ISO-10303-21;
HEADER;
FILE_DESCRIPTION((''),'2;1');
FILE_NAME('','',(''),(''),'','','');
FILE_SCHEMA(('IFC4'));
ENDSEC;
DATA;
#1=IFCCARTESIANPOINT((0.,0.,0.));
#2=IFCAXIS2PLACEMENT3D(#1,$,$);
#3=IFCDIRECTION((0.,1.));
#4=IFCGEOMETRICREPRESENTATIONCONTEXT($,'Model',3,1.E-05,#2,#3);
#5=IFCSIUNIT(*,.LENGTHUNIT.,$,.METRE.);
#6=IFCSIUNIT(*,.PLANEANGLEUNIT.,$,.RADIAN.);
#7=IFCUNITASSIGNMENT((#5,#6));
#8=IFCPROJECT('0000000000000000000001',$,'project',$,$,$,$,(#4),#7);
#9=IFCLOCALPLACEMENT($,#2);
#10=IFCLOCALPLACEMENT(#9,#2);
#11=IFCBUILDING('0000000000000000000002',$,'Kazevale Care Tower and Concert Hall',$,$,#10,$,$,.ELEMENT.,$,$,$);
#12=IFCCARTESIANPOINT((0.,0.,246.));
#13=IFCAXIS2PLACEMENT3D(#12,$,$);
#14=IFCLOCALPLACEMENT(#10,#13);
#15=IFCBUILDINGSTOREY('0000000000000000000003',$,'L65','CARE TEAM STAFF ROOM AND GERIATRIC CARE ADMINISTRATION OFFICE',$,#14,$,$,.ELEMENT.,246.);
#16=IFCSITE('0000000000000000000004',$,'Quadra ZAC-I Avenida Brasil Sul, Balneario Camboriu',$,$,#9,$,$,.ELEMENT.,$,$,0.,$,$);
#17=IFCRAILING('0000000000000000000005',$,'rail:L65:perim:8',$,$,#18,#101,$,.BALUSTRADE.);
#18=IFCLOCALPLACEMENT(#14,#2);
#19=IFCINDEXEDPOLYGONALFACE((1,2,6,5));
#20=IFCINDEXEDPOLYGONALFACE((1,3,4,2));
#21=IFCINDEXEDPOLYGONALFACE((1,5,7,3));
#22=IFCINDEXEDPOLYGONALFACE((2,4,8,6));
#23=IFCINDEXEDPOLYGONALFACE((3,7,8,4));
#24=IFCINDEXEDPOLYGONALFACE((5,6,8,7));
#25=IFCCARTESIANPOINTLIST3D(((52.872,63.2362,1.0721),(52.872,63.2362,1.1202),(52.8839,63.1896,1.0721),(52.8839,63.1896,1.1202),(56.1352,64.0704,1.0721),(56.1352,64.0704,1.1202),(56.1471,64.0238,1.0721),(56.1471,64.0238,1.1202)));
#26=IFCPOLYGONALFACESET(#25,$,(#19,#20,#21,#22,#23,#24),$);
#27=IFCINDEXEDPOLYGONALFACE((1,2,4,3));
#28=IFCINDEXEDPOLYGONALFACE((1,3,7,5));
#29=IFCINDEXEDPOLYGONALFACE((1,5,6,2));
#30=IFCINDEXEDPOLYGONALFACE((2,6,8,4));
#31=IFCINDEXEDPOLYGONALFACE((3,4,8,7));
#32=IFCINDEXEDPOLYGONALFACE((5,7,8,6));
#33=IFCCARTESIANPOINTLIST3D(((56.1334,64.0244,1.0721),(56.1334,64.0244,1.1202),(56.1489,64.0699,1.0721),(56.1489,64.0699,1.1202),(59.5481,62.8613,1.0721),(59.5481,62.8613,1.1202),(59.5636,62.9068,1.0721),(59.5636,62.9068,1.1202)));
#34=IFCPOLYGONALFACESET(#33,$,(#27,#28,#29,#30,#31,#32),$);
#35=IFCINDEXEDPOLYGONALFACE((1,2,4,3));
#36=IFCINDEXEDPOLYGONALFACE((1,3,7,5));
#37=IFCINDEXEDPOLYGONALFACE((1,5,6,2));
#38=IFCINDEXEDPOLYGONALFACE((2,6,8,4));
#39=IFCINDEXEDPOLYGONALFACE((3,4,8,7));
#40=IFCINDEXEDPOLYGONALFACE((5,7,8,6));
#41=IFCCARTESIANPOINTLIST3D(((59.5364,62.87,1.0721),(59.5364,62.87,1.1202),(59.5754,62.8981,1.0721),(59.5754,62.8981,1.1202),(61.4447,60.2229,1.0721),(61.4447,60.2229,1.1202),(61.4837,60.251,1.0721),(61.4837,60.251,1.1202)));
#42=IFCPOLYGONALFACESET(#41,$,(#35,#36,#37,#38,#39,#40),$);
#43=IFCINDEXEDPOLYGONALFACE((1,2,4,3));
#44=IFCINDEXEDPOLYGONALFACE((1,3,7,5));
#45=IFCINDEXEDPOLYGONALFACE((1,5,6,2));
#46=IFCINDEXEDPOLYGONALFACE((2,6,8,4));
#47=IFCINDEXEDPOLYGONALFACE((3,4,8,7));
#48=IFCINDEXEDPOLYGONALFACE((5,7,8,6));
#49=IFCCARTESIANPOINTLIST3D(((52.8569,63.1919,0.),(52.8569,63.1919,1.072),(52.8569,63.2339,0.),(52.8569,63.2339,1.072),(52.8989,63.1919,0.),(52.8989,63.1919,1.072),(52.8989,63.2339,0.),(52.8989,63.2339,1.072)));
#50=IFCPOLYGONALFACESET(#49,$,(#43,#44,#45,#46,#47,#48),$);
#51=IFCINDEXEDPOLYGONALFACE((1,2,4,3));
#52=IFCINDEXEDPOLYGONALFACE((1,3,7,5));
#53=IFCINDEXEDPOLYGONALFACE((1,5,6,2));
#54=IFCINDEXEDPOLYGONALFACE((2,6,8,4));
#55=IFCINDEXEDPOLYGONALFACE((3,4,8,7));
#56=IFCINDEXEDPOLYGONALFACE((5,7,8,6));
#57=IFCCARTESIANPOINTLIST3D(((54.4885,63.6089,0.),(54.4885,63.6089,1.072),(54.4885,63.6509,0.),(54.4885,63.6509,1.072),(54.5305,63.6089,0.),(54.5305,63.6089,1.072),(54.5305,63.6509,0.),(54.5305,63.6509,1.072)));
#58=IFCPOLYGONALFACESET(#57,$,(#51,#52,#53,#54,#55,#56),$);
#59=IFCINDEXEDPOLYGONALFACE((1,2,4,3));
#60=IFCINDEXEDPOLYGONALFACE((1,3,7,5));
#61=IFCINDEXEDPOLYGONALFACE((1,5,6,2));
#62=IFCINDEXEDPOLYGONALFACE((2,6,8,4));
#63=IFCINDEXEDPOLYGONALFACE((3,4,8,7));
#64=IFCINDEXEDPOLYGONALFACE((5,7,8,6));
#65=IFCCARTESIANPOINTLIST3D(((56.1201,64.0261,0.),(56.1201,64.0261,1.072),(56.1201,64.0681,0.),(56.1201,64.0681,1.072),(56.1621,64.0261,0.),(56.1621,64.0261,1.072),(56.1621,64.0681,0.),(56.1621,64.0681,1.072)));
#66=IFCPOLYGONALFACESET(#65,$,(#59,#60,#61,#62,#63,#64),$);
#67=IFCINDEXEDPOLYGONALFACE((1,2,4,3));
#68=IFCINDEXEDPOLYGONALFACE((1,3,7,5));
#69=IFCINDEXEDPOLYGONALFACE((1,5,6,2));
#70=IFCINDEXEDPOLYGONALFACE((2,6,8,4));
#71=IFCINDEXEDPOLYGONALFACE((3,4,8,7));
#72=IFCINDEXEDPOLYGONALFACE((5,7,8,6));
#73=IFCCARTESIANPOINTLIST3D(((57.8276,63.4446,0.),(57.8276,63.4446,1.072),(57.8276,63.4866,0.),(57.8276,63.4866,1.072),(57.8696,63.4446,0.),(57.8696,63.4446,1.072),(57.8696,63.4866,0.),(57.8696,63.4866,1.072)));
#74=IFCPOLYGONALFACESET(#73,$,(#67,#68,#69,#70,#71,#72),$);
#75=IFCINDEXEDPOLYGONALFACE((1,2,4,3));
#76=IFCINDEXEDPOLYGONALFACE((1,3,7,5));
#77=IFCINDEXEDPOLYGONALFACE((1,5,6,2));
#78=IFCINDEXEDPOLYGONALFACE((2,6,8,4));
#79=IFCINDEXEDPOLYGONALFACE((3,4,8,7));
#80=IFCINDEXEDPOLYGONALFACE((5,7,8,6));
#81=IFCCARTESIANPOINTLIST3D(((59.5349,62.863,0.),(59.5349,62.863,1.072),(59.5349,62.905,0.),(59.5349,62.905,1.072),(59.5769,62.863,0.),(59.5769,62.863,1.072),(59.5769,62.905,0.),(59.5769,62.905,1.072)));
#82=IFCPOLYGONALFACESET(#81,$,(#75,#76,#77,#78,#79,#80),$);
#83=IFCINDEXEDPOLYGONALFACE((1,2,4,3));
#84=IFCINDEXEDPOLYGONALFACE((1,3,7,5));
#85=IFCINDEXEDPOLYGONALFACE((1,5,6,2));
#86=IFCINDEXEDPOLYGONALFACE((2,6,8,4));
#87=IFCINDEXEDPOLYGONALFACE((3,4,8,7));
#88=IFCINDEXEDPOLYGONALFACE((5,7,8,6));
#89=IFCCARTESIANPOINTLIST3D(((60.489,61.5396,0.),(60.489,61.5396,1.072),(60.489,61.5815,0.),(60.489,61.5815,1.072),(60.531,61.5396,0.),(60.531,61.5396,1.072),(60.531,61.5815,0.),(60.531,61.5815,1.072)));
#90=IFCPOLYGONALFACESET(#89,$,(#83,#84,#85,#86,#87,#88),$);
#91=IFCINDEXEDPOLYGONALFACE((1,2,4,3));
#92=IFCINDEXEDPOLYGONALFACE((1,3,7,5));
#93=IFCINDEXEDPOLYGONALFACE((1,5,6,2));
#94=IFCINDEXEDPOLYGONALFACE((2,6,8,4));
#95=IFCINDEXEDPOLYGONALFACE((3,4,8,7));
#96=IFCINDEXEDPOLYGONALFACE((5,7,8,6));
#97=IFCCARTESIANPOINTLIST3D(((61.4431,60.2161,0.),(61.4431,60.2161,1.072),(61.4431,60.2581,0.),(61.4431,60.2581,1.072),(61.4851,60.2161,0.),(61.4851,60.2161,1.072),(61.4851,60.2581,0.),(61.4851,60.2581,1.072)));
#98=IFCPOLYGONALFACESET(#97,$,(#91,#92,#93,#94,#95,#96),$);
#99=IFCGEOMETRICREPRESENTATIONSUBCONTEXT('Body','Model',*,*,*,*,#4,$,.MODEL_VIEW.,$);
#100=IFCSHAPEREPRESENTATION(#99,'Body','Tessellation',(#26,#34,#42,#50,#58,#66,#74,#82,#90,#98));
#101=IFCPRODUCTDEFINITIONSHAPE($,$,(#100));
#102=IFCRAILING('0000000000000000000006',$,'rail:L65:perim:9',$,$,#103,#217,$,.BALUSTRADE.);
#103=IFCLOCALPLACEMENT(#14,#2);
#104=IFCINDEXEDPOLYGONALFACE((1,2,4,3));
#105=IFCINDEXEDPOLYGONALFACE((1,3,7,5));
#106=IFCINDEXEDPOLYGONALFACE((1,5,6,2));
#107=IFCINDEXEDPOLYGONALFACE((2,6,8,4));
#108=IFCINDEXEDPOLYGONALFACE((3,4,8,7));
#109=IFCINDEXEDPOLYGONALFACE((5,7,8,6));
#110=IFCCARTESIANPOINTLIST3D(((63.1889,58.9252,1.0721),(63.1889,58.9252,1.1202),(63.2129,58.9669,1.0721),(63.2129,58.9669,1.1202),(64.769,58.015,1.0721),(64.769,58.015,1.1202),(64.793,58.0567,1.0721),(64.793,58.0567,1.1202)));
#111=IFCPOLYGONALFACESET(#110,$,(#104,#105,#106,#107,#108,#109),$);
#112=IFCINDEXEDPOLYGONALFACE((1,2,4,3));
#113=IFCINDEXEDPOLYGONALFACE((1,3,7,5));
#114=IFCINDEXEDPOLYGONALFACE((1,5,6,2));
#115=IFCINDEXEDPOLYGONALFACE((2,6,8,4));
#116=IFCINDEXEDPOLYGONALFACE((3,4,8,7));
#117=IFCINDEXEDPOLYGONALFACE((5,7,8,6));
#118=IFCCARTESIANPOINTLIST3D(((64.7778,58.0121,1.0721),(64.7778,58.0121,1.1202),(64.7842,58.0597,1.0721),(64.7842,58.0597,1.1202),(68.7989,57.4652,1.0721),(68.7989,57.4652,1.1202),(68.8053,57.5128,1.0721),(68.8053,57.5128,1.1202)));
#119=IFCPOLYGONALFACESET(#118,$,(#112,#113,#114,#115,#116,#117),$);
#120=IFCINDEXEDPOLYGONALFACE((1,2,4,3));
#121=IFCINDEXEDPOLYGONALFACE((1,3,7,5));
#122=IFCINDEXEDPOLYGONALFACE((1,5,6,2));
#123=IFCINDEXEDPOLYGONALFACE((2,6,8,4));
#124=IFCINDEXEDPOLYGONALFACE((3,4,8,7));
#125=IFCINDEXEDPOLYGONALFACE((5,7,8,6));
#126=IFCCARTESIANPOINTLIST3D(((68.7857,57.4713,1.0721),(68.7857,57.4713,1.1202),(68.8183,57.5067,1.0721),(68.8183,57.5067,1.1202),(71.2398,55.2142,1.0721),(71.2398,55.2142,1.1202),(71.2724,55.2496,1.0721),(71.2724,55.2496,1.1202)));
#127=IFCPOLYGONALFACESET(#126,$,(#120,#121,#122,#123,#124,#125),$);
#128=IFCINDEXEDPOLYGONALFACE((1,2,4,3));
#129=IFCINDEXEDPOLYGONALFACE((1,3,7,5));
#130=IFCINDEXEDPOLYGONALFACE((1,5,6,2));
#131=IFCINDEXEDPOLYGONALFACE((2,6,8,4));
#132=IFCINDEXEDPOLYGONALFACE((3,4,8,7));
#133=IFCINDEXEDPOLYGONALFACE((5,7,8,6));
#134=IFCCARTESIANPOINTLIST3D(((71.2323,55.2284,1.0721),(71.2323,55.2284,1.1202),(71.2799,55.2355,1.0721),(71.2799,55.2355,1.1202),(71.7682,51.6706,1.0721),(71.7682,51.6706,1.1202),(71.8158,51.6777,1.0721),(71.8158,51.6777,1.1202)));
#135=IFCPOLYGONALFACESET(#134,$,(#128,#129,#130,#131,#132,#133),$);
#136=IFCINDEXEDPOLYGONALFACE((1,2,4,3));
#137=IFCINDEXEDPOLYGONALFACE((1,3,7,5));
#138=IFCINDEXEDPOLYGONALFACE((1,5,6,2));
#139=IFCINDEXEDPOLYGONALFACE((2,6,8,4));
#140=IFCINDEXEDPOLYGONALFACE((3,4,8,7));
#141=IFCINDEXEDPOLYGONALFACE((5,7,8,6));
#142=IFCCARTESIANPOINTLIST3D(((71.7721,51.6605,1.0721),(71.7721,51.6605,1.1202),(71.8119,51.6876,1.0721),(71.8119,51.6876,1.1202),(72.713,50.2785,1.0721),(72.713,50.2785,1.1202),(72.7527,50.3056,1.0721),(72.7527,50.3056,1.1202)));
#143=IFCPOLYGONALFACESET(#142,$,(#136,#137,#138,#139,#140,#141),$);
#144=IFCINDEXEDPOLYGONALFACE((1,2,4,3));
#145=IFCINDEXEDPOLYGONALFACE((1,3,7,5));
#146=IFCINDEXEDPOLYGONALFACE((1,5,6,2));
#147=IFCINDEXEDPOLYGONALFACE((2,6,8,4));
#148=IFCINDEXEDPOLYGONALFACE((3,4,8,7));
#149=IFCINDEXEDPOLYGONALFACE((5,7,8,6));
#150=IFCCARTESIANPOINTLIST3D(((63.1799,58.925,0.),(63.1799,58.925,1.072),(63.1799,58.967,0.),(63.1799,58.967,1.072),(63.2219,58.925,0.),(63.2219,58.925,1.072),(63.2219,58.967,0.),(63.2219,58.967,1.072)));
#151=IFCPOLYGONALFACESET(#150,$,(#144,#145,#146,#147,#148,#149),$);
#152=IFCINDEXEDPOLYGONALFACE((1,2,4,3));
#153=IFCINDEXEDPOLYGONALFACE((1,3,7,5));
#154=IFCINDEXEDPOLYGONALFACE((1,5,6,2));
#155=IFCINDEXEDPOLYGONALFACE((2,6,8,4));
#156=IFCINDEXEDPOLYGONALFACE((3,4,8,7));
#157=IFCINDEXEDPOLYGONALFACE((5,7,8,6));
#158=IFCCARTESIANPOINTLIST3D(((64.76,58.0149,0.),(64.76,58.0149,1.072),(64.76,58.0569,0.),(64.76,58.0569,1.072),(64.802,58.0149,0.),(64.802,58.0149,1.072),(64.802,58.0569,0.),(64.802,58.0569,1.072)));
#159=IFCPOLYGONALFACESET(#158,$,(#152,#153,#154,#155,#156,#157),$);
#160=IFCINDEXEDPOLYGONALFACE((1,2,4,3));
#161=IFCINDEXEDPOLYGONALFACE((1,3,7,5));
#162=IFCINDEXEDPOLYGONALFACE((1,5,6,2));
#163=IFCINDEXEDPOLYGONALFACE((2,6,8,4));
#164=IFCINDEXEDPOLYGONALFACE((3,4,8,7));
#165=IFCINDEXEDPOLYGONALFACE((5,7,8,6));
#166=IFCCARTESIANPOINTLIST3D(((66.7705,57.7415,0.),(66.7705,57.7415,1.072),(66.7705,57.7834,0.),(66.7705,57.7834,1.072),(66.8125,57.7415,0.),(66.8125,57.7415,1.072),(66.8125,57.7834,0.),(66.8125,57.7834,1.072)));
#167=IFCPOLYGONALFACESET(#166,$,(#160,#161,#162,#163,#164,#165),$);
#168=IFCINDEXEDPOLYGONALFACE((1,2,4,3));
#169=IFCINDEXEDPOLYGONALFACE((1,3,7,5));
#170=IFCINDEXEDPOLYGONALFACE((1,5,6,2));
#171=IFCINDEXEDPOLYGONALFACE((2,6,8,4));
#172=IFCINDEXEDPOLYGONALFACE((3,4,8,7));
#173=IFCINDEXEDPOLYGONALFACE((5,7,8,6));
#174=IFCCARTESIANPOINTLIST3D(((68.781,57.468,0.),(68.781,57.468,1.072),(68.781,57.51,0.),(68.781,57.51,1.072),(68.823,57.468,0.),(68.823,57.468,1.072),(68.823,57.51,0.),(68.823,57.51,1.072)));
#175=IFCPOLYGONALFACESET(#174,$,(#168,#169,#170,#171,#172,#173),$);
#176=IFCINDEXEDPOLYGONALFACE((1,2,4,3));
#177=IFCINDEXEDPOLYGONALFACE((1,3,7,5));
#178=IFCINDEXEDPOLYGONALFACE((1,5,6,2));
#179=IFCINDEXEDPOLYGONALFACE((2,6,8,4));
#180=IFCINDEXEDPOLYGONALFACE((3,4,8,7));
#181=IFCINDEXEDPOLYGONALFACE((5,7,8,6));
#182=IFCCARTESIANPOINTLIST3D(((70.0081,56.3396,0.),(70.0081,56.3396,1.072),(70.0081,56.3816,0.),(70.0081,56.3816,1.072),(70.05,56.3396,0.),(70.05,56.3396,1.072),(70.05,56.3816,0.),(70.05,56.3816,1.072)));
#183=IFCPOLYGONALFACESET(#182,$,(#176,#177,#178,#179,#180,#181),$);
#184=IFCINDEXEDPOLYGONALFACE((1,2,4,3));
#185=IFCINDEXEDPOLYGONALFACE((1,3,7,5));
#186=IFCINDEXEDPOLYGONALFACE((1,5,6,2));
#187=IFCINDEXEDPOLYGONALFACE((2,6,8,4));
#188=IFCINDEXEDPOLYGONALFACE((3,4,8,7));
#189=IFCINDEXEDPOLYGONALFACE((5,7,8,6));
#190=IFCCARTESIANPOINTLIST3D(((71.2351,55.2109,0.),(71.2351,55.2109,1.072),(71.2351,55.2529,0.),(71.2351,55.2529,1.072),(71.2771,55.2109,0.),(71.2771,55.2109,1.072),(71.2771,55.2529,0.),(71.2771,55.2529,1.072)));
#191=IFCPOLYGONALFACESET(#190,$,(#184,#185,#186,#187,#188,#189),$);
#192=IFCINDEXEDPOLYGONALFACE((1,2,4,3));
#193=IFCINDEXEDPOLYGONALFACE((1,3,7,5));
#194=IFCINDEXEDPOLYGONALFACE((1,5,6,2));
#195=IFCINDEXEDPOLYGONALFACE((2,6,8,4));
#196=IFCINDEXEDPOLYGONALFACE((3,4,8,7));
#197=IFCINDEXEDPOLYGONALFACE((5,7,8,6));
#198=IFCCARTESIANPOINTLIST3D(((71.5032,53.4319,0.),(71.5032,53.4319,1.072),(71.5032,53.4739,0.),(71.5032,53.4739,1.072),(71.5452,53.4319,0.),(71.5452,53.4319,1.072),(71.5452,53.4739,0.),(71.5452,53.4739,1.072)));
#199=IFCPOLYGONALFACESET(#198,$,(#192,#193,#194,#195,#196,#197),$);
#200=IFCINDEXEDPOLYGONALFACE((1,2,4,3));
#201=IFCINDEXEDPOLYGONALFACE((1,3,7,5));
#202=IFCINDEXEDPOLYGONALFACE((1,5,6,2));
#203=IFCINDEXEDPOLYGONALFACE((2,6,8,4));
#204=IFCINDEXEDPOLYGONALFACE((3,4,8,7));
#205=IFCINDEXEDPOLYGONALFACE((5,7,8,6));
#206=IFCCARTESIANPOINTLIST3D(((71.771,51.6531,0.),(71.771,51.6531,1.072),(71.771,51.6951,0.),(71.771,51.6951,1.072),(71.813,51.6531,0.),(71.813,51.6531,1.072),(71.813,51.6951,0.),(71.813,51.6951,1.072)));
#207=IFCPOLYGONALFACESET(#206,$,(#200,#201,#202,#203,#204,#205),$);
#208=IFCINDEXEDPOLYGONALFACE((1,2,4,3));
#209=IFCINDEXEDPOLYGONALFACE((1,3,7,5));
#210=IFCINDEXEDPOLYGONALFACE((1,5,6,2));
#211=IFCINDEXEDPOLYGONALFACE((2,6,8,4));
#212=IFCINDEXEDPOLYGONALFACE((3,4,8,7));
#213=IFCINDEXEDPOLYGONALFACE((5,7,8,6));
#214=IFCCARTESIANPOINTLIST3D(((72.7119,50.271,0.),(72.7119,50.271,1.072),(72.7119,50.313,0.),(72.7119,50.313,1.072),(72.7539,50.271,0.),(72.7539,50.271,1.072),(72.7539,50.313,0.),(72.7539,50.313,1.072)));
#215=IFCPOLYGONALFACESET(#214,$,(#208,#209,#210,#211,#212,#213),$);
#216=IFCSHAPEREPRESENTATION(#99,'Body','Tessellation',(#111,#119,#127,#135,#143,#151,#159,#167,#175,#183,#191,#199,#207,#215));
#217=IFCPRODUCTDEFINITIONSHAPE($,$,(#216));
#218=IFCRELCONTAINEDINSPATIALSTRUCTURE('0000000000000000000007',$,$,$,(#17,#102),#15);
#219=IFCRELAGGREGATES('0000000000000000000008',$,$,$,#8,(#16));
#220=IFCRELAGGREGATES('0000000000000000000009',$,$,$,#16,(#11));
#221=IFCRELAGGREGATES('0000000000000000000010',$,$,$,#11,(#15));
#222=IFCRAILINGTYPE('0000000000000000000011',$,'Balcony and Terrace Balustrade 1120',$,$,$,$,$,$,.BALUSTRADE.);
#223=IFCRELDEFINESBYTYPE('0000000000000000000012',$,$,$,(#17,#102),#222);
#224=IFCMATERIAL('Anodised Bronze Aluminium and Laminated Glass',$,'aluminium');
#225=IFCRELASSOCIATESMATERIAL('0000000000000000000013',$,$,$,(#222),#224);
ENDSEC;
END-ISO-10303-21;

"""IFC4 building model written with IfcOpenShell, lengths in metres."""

from ifc_helpers import new_model, si_unit, direction, frame, origin, origin_2d, place, context, subcontext, project, spatial, rectangle, extrude, material, type_object, element, save


model = new_model("IFC4")

# Units and contexts
model_context = context("Model", 3, precision=1e-05, world=origin(), true_north=direction((0.0, 1.0)))
body_context = subcontext(model_context, "Body", "Model", "MODEL_VIEW")
ifc_project = project(units=[si_unit("LENGTHUNIT", "METRE"), si_unit("PLANEANGLEUNIT", "RADIAN")], contexts=[model_context])

# Site, building, storey
site_placement = place(None, origin())
site = spatial("IfcSite", under=ifc_project, at=site_placement, Name="Quadra ZAC-I Avenida Brasil Sul, Balneario Camboriu", CompositionType="ELEMENT", RefElevation=0.0)
building_placement = place(site_placement, origin())
building = spatial("IfcBuilding", under=site, at=building_placement, Name="Kazevale Care Tower and Concert Hall", CompositionType="ELEMENT")
storey_placement = place(building_placement, frame((0.0, 0.0, 246.0)))
storey = spatial("IfcBuildingStorey", under=building, at=storey_placement, Name="L65", Description="CARE TEAM STAFF ROOM AND GERIATRIC CARE ADMINISTRATION OFFICE", CompositionType="ELEMENT", Elevation=246.0)

# Railings
ifc_material_1 = material(Name="Anodised Bronze Aluminium and Laminated Glass", Category="aluminium")
railing_type = type_object("IfcRailingType", Name="Balcony and Terrace Balustrade 1120", PredefinedType="BALUSTRADE", material=ifc_material_1)
railing_1_placement = place(storey_placement, frame((52.8779, 63.2129, 0.0)))
element("IfcRailing", 1, at=railing_1_placement, inside=storey, type_object=railing_type, Name="rail:L65:perim:8", PredefinedType="BALUSTRADE", context=body_context, shape_type="SweptSolid", body=[
    extrude(rectangle(XDim=0.0481, YDim=0.0481, at=origin_2d()), frame((0.0, 0.0, 1.0962), z_axis=(0.968841, 0.247683, 0.0), x_axis=(-0.247683, 0.968841, 0.0)), (0.0, 0.0, 1.0), 3.3682),
    extrude(rectangle(XDim=0.0481, YDim=0.0481, at=origin_2d()), frame((3.2632, 0.8342, 1.0962), z_axis=(0.946599, -0.322413, 0.0), x_axis=(0.322413, 0.946599, 0.0)), (0.0, 0.0, 1.0), 3.6074),
    extrude(rectangle(XDim=0.0481, YDim=0.0481, at=origin_2d()), frame((6.678, -0.3289, 1.0962), z_axis=(0.584786, -0.811188, 0.0), x_axis=(0.811188, 0.584786, 0.0)), (0.0, 0.0, 1.0), 3.2632),
    extrude(rectangle(XDim=0.042, YDim=0.042, at=origin_2d()), origin(), (0.0, 0.0, 1.0), 1.072),
    extrude(rectangle(XDim=0.042, YDim=0.042, at=origin_2d()), frame((1.6316, 0.417, 0.0)), (0.0, 0.0, 1.0), 1.072),
    extrude(rectangle(XDim=0.042, YDim=0.042, at=origin_2d()), frame((3.2632, 0.8342, 0.0)), (0.0, 0.0, 1.0), 1.072),
    extrude(rectangle(XDim=0.042, YDim=0.042, at=origin_2d()), frame((4.9707, 0.2527, 0.0)), (0.0, 0.0, 1.0), 1.072),
    extrude(rectangle(XDim=0.042, YDim=0.042, at=origin_2d()), frame((6.678, -0.3289, 0.0)), (0.0, 0.0, 1.0), 1.072),
    extrude(rectangle(XDim=0.042, YDim=0.042, at=origin_2d()), frame((7.6321, -1.6523, 0.0)), (0.0, 0.0, 1.0), 1.072),
    extrude(rectangle(XDim=0.042, YDim=0.042, at=origin_2d()), frame((8.5862, -2.9758, 0.0)), (0.0, 0.0, 1.0), 1.072),
])
railing_2_placement = place(storey_placement, frame((63.2009, 58.946, 0.0)))
element("IfcRailing", 2, at=railing_2_placement, inside=storey, type_object=railing_type, Name="rail:L65:perim:9", PredefinedType="BALUSTRADE", context=body_context, shape_type="SweptSolid", body=[
    extrude(rectangle(XDim=0.0481, YDim=0.0481, at=origin_2d()), frame((0.0, 0.0, 1.0962), z_axis=(0.866524, -0.499135, 0.0), x_axis=(0.499135, 0.866524, 0.0)), (0.0, 0.0, 1.0), 1.8235),
    extrude(rectangle(XDim=0.0481, YDim=0.0481, at=origin_2d()), frame((1.5801, -0.9102, 1.0962), z_axis=(0.990878, -0.134764, 0.0), x_axis=(0.134764, 0.990878, 0.0)), (0.0, 0.0, 1.0), 4.0581),
    extrude(rectangle(XDim=0.0481, YDim=0.0481, at=origin_2d()), frame((5.6011, -1.457, 1.0962), z_axis=(0.736035, -0.676944, 0.0), x_axis=(0.676944, 0.736035, 0.0)), (0.0, 0.0, 1.0), 3.3342),
    extrude(rectangle(XDim=0.0481, YDim=0.0481, at=origin_2d()), frame((8.0552, -3.7141, 1.0962), z_axis=(0.148941, -0.988846, 0.0), x_axis=(0.988846, 0.148941, 0.0)), (0.0, 0.0, 1.0), 3.5979),
    extrude(rectangle(XDim=0.0481, YDim=0.0481, at=origin_2d()), frame((8.5911, -7.272, 1.0962), z_axis=(0.562761, -0.826619, 0.0), x_axis=(0.826619, 0.562761, 0.0)), (0.0, 0.0, 1.0), 1.6719),
    extrude(rectangle(XDim=0.042, YDim=0.042, at=origin_2d()), origin(), (0.0, 0.0, 1.0), 1.072),
    extrude(rectangle(XDim=0.042, YDim=0.042, at=origin_2d()), frame((1.5801, -0.9102, 0.0)), (0.0, 0.0, 1.0), 1.072),
    extrude(rectangle(XDim=0.042, YDim=0.042, at=origin_2d()), frame((3.5906, -1.1836, 0.0)), (0.0, 0.0, 1.0), 1.072),
    extrude(rectangle(XDim=0.042, YDim=0.042, at=origin_2d()), frame((5.6011, -1.457, 0.0)), (0.0, 0.0, 1.0), 1.072),
    extrude(rectangle(XDim=0.042, YDim=0.042, at=origin_2d()), frame((6.8281, -2.5854, 0.0)), (0.0, 0.0, 1.0), 1.072),
    extrude(rectangle(XDim=0.042, YDim=0.042, at=origin_2d()), frame((8.0552, -3.7141, 0.0)), (0.0, 0.0, 1.0), 1.072),
    extrude(rectangle(XDim=0.042, YDim=0.042, at=origin_2d()), frame((8.3232, -5.4932, 0.0)), (0.0, 0.0, 1.0), 1.072),
    extrude(rectangle(XDim=0.042, YDim=0.042, at=origin_2d()), frame((8.5911, -7.272, 0.0)), (0.0, 0.0, 1.0), 1.072),
    extrude(rectangle(XDim=0.042, YDim=0.042, at=origin_2d()), frame((9.532, -8.6541, 0.0)), (0.0, 0.0, 1.0), 1.072),
])

save(model, "model.ifc")
